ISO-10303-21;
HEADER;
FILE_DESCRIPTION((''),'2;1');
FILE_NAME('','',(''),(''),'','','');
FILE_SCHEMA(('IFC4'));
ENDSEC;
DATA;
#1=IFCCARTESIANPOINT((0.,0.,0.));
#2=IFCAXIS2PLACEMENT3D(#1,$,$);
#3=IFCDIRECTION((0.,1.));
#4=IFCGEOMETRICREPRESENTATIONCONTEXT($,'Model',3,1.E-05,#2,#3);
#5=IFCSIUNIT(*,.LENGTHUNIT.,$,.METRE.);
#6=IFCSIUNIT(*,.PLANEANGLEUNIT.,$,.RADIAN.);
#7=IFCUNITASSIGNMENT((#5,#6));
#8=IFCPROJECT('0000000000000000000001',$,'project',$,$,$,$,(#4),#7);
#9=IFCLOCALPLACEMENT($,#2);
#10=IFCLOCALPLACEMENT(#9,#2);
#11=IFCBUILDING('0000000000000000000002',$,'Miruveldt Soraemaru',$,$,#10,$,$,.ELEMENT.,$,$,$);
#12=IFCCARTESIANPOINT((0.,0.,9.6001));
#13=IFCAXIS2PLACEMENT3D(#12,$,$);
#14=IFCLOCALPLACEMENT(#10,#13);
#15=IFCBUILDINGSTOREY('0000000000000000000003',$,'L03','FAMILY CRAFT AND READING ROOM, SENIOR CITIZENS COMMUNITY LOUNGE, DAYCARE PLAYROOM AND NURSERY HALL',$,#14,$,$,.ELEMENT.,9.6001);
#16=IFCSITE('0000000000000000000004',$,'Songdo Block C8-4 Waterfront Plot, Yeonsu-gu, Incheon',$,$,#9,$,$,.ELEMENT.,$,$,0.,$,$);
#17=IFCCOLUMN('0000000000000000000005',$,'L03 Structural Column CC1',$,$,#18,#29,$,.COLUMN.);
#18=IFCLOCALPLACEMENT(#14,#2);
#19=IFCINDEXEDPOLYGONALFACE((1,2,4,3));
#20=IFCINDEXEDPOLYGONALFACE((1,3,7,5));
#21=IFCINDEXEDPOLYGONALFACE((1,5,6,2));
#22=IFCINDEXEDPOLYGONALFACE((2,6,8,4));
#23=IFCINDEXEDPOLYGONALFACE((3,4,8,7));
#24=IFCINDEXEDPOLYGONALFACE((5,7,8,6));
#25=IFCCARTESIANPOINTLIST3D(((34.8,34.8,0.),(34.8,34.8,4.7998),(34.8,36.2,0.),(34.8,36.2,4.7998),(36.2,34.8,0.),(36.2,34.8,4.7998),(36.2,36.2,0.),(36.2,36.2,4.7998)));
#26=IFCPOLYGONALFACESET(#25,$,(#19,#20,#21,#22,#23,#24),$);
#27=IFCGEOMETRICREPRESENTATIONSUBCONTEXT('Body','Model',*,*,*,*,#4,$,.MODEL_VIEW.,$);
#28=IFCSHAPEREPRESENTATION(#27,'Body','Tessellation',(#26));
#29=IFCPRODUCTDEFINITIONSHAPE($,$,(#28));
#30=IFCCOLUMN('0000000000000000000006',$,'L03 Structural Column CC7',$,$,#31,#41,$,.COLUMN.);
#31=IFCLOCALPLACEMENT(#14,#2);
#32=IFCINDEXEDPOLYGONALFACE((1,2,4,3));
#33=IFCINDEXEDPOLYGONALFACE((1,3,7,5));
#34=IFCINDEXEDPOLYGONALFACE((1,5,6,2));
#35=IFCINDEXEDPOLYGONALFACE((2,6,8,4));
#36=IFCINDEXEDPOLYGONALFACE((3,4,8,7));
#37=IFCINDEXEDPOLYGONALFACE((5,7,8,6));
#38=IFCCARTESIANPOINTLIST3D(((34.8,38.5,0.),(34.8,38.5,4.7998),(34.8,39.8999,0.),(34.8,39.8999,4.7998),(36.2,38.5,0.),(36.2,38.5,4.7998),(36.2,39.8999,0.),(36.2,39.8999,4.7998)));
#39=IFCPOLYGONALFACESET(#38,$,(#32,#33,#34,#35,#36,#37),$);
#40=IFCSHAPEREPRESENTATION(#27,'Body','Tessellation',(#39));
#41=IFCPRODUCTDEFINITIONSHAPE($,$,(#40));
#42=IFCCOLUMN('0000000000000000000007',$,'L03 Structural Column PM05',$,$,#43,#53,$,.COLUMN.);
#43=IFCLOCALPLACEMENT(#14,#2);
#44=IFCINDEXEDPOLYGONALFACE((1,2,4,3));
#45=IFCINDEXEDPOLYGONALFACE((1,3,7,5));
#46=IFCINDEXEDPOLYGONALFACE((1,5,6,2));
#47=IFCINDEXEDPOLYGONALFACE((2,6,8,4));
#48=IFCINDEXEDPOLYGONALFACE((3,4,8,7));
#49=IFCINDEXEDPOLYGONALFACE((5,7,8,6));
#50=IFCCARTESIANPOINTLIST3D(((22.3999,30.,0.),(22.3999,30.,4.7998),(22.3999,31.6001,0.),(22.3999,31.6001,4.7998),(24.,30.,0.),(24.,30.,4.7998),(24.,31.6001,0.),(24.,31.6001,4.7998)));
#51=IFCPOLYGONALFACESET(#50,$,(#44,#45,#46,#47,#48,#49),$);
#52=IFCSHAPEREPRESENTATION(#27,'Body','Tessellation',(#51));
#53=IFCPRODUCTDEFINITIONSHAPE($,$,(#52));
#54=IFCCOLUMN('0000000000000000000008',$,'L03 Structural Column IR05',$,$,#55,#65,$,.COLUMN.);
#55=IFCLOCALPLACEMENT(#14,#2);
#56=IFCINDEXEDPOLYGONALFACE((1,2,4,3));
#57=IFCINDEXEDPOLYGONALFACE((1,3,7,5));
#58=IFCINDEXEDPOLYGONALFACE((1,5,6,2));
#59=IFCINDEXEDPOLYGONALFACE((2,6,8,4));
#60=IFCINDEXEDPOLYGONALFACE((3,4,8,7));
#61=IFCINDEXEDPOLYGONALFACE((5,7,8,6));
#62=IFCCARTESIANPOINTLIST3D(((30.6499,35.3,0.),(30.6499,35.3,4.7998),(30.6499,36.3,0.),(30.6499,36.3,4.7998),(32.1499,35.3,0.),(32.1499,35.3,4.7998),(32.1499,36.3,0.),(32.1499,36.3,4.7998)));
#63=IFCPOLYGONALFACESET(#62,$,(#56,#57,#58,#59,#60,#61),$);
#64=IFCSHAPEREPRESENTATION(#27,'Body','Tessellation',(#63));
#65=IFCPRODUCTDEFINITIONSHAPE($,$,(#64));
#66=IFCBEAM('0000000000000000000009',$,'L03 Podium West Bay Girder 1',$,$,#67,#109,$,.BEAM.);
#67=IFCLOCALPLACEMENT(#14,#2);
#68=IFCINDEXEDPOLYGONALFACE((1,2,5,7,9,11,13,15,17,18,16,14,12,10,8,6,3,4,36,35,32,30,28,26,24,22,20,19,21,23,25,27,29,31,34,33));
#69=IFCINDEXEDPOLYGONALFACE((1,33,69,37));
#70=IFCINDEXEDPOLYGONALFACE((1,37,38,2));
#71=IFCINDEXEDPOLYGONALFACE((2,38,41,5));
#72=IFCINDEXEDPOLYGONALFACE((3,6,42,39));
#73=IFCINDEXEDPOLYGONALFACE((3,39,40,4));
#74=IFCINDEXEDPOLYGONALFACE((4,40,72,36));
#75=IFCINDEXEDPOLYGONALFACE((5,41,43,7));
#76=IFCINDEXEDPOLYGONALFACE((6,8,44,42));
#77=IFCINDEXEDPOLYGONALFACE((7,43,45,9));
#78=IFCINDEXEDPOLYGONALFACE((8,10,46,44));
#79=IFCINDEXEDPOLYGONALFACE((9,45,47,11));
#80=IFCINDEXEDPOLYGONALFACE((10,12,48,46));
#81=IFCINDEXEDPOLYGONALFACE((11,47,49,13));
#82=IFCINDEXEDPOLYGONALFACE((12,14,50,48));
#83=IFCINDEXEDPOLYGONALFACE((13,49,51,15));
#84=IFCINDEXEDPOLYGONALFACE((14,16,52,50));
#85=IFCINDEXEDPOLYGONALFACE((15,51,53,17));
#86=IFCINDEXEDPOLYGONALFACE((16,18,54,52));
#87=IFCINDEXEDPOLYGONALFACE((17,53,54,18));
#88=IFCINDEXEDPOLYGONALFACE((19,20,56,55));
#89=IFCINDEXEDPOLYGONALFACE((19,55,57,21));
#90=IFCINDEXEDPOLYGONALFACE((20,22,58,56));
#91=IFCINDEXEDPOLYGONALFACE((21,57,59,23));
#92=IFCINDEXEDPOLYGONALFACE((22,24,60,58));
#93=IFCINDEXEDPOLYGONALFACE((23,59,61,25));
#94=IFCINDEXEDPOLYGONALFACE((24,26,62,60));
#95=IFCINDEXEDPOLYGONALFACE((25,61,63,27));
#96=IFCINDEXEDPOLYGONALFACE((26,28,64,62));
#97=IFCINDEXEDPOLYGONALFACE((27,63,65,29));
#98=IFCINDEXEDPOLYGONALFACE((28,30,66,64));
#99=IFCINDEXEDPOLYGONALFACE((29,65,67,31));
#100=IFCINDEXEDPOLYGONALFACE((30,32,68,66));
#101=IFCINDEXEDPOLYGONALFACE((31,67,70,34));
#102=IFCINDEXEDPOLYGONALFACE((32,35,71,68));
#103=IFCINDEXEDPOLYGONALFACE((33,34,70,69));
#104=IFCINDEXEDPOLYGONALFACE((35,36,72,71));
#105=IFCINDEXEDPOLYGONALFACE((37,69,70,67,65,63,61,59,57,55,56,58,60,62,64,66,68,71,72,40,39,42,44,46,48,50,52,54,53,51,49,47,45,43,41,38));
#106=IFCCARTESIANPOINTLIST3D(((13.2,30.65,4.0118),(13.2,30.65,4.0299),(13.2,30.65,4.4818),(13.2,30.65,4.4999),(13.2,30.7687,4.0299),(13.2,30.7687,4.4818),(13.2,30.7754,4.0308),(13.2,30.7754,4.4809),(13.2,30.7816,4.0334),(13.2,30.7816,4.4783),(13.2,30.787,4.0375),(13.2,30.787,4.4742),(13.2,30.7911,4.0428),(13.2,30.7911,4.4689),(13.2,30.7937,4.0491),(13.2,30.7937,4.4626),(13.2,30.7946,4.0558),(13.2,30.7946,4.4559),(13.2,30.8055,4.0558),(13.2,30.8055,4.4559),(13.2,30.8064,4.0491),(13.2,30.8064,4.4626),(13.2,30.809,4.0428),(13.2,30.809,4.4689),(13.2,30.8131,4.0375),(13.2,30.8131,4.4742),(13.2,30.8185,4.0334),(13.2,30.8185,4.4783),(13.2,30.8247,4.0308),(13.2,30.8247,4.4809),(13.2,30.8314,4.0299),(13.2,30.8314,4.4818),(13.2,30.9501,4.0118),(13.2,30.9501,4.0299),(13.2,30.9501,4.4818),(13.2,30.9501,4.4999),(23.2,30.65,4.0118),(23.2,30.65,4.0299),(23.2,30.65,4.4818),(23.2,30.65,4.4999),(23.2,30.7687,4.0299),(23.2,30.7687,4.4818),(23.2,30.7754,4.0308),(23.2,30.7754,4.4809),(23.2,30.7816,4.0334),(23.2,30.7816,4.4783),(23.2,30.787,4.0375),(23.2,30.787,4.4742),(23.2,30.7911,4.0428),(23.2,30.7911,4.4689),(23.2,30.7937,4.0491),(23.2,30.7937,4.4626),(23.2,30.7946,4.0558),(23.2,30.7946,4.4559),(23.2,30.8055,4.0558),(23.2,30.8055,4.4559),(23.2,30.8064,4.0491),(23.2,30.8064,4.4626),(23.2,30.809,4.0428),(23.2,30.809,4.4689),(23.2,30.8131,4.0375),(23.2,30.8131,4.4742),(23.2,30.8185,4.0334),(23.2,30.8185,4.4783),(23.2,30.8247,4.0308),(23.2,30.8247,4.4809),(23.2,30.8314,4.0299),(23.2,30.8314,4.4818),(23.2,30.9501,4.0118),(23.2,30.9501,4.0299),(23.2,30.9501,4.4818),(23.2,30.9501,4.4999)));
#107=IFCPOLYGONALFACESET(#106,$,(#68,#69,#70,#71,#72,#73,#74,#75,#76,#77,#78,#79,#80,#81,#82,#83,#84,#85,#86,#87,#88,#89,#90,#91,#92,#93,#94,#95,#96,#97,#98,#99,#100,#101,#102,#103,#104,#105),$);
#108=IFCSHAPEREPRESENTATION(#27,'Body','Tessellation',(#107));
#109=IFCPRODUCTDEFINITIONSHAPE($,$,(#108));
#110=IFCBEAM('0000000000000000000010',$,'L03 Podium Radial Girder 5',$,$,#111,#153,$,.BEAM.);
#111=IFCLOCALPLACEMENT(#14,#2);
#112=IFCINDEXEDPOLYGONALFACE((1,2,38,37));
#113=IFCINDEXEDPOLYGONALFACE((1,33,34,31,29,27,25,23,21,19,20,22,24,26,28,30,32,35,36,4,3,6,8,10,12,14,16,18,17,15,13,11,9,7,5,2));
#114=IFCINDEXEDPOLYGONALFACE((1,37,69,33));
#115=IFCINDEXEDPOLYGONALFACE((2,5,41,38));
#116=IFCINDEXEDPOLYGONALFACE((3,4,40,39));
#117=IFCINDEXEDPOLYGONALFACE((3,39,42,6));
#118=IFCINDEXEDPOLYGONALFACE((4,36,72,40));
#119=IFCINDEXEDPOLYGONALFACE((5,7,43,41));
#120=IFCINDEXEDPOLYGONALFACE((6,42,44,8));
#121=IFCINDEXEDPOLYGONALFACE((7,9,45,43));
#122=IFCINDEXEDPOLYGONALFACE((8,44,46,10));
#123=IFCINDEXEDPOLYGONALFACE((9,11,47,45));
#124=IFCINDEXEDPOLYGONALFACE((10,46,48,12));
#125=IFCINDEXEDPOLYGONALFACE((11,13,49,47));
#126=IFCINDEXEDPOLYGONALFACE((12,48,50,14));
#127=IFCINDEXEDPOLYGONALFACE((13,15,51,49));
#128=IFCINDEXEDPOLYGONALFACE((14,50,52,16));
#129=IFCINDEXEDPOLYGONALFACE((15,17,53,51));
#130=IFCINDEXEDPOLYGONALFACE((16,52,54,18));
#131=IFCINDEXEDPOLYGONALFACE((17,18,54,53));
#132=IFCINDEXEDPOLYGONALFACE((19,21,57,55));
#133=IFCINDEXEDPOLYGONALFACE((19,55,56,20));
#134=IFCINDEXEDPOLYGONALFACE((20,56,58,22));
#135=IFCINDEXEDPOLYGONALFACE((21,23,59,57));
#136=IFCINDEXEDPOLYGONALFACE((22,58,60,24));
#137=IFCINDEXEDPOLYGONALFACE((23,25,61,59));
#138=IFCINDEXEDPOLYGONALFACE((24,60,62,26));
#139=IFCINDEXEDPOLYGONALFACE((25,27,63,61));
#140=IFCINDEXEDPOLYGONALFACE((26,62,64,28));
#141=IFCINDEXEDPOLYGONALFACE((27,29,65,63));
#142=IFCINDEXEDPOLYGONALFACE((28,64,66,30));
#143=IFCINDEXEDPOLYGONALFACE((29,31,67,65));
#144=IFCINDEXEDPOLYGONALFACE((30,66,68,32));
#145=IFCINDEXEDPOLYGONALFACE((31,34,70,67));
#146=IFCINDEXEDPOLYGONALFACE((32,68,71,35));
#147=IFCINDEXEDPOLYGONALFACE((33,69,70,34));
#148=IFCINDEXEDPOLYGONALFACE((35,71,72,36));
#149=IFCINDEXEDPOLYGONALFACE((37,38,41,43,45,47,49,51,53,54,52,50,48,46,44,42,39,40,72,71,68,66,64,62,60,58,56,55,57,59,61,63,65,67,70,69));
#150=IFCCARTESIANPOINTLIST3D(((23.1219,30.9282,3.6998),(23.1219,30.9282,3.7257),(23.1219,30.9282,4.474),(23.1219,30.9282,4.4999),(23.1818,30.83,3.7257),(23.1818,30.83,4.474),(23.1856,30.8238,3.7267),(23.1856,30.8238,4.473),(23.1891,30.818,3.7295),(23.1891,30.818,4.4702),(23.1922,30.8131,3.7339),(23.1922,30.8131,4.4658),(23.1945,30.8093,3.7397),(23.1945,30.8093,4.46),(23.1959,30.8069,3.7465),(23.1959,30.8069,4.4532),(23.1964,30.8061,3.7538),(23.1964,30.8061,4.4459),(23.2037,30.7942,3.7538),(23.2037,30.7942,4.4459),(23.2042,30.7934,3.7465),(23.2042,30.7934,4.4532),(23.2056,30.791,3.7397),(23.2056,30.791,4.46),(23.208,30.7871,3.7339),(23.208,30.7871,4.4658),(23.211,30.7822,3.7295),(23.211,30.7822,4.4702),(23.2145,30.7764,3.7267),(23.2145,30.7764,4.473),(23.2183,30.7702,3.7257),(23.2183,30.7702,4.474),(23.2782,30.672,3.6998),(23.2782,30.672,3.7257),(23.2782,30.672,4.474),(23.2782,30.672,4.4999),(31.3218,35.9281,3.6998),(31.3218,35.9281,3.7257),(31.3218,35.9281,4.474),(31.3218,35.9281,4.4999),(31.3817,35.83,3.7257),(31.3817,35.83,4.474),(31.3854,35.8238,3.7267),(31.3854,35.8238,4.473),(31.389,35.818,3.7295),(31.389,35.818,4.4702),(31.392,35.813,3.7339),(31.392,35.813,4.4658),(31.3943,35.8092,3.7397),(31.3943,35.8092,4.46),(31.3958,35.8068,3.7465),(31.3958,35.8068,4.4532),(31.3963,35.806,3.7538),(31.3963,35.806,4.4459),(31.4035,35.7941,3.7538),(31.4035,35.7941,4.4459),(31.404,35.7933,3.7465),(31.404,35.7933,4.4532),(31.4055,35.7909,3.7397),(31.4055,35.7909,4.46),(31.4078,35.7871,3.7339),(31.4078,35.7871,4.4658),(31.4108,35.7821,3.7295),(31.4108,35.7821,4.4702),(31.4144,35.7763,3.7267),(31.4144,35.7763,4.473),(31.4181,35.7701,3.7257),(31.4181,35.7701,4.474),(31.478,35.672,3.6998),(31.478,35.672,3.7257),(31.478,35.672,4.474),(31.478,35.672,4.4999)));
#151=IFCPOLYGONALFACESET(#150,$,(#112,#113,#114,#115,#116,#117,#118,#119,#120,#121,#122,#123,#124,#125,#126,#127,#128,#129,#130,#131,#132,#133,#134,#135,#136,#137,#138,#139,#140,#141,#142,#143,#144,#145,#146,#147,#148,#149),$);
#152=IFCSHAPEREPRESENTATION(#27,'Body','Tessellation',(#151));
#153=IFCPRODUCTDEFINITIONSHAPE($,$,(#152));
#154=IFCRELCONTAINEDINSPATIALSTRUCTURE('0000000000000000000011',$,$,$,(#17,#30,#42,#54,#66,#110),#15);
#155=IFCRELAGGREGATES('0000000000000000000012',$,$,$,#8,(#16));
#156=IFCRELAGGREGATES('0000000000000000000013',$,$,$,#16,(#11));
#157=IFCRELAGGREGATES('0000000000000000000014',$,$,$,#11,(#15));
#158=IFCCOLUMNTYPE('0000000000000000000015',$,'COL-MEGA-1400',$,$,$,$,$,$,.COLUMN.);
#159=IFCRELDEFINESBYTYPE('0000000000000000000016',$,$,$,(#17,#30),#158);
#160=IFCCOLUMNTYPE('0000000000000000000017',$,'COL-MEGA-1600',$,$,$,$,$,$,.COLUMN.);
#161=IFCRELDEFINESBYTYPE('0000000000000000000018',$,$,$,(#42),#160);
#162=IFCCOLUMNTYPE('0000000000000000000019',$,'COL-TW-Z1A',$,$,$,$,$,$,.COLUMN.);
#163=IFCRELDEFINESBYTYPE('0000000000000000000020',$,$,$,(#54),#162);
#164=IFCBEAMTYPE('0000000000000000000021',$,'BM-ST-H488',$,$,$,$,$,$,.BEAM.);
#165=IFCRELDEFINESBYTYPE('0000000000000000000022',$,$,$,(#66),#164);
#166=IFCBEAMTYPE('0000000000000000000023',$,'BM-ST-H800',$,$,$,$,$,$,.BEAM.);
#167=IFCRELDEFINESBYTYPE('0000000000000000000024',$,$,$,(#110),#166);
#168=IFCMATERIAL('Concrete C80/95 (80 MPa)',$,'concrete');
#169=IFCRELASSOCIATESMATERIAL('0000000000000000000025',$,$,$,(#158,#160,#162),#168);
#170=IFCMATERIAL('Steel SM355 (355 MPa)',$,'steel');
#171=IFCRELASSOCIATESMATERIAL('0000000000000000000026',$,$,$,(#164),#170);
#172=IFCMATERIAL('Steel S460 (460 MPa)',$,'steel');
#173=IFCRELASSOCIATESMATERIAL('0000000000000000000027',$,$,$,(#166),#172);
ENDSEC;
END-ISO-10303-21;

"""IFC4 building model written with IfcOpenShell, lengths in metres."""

from ifc_helpers import new_model, si_unit, direction, frame, origin, origin_2d, place, context, subcontext, project, spatial, rectangle, i_section, extrude, material, material_profile, profile_set, type_object, element, save


model = new_model("IFC4")

# Units and contexts
model_context = context("Model", 3, precision=1e-05, world=origin(), true_north=direction((0.0, 1.0)))
body_context = subcontext(model_context, "Body", "Model", "MODEL_VIEW")
ifc_project = project(units=[si_unit("LENGTHUNIT", "METRE"), si_unit("PLANEANGLEUNIT", "RADIAN")], contexts=[model_context])

# Site, building, storey
site_placement = place(None, origin())
site = spatial("IfcSite", under=ifc_project, at=site_placement, Name="Songdo Block C8-4 Waterfront Plot, Yeonsu-gu, Incheon", CompositionType="ELEMENT", RefElevation=0.0)
building_placement = place(site_placement, origin())
building = spatial("IfcBuilding", under=site, at=building_placement, Name="Miruveldt Soraemaru", CompositionType="ELEMENT")
storey_placement = place(building_placement, frame((0.0, 0.0, 9.6001)))
storey = spatial("IfcBuildingStorey", under=building, at=storey_placement, Name="L03", Description="FAMILY CRAFT AND READING ROOM, SENIOR CITIZENS COMMUNITY LOUNGE, DAYCARE PLAYROOM AND NURSERY HALL", CompositionType="ELEMENT", Elevation=9.6001)

# Columns
ifc_material_1 = material(Name="Concrete C80/95 (80 MPa)", Category="concrete")
ifc_material_profile_1 = material_profile(ifc_material_1, rectangle(XDim=1.3999, YDim=1.3999, at=origin_2d()), Name="Concrete C80/95 (80 MPa)", Category="concrete")
ifc_profile_set_1 = profile_set([ifc_material_profile_1], Name="Concrete C80/95 (80 MPa)")
column_type_1 = type_object("IfcColumnType", Name="COL-MEGA-1400", PredefinedType="COLUMN", material=ifc_profile_set_1)
for number, where, z_axis, x_axis, name in (
    (1, (35.5, 35.5, 0.0), (0.0, 0.0, 1.0), (1.0, 0.0, 0.0), "L03 Structural Column CC1"),
    (2, (35.5, 39.2, 0.0), (0.0, 0.0, 1.0), (1.0, 0.0, 0.0), "L03 Structural Column CC7"),
):
    element("IfcColumn", number, at=place(storey_placement, frame(where, z_axis=z_axis, x_axis=x_axis)), inside=storey, type_object=column_type_1, Name=name, PredefinedType="COLUMN", context=body_context, shape_type="SweptSolid", body=[
        extrude(rectangle(XDim=1.3999, YDim=1.3999, at=origin_2d()), origin(), (0.0, 0.0, 1.0), 4.7998),
    ])
ifc_material_profile_2 = material_profile(ifc_material_1, rectangle(XDim=1.6001, YDim=1.6001, at=origin_2d()), Name="Concrete C80/95 (80 MPa)", Category="concrete")
ifc_profile_set_2 = profile_set([ifc_material_profile_2], Name="Concrete C80/95 (80 MPa)")
column_type_2 = type_object("IfcColumnType", Name="COL-MEGA-1600", PredefinedType="COLUMN", material=ifc_profile_set_2)
column_1_placement = place(storey_placement, frame((23.2, 30.8, 0.0), z_axis=(0.0, 0.0, 1.0), x_axis=(1.0, 0.0, 0.0)))
element("IfcColumn", 3, at=column_1_placement, inside=storey, type_object=column_type_2, Name="L03 Structural Column PM05", PredefinedType="COLUMN", context=body_context, shape_type="SweptSolid", body=[
    extrude(rectangle(XDim=1.6001, YDim=1.6001, at=origin_2d()), origin(), (0.0, 0.0, 1.0), 4.7998),
])
ifc_material_profile_3 = material_profile(ifc_material_1, rectangle(XDim=1.5, YDim=1.0, at=origin_2d()), Name="Concrete C80/95 (80 MPa)", Category="concrete")
ifc_profile_set_3 = profile_set([ifc_material_profile_3], Name="Concrete C80/95 (80 MPa)")
column_type_3 = type_object("IfcColumnType", Name="COL-TW-Z1A", PredefinedType="COLUMN", material=ifc_profile_set_3)
column_2_placement = place(storey_placement, frame((31.3999, 35.8, 0.0), z_axis=(0.0, 0.0, 1.0), x_axis=(1.0, 0.0, 0.0)))
element("IfcColumn", 4, at=column_2_placement, inside=storey, type_object=column_type_3, Name="L03 Structural Column IR05", PredefinedType="COLUMN", context=body_context, shape_type="SweptSolid", body=[
    extrude(rectangle(XDim=1.5, YDim=1.0, at=origin_2d()), origin(), (0.0, 0.0, 1.0), 4.7998),
])

# Beams
ifc_material_2 = material(Name="Steel SM355 (355 MPa)", Category="steel")
ifc_material_profile_4 = material_profile(ifc_material_2, i_section(OverallWidth=0.3, OverallDepth=0.488, WebThickness=0.011, FlangeThickness=0.0181, FilletRadius=0.0259, at=origin_2d()), Name="Steel SM355 (355 MPa)", Category="steel")
ifc_profile_set_4 = profile_set([ifc_material_profile_4], Name="Steel SM355 (355 MPa)")
beam_type_1 = type_object("IfcBeamType", Name="BM-ST-H488", PredefinedType="BEAM", material=ifc_profile_set_4)
beam_1_placement = place(storey_placement, frame((23.2, 30.8, 4.2559), z_axis=(-1.0, 0.0, 0.0), x_axis=(0.0, -1.0, 0.0)))
element("IfcBeam", 5, at=beam_1_placement, inside=storey, type_object=beam_type_1, Name="L03 Podium West Bay Girder 1", PredefinedType="BEAM", context=body_context, shape_type="SweptSolid", body=[
    extrude(i_section(OverallWidth=0.3, OverallDepth=0.488, WebThickness=0.011, FlangeThickness=0.0181, FilletRadius=0.0259, at=origin_2d()), origin(), (0.0, 0.0, 1.0), 10.0),
])
ifc_material_3 = material(Name="Steel S460 (460 MPa)", Category="steel")
ifc_material_profile_5 = material_profile(ifc_material_3, i_section(OverallWidth=0.3, OverallDepth=0.8, WebThickness=0.0139, FlangeThickness=0.0259, FilletRadius=0.0281, at=origin_2d()), Name="Steel S460 (460 MPa)", Category="steel")
ifc_profile_set_5 = profile_set([ifc_material_profile_5], Name="Steel S460 (460 MPa)")
beam_type_2 = type_object("IfcBeamType", Name="BM-ST-H800", PredefinedType="BEAM", material=ifc_profile_set_5)
beam_2_placement = place(storey_placement, frame((31.3999, 35.8, 4.0999), z_axis=(-0.853795, -0.52061, 0.0), x_axis=(0.52061, -0.853795, 0.0)))
element("IfcBeam", 6, at=beam_2_placement, inside=storey, type_object=beam_type_2, Name="L03 Podium Radial Girder 5", PredefinedType="BEAM", context=body_context, shape_type="SweptSolid", body=[
    extrude(i_section(OverallWidth=0.3, OverallDepth=0.8, WebThickness=0.0139, FlangeThickness=0.0259, FilletRadius=0.0281, at=origin_2d()), origin(), (0.0, 0.0, 1.0), 9.604),
])

save(model, "model.ifc")
